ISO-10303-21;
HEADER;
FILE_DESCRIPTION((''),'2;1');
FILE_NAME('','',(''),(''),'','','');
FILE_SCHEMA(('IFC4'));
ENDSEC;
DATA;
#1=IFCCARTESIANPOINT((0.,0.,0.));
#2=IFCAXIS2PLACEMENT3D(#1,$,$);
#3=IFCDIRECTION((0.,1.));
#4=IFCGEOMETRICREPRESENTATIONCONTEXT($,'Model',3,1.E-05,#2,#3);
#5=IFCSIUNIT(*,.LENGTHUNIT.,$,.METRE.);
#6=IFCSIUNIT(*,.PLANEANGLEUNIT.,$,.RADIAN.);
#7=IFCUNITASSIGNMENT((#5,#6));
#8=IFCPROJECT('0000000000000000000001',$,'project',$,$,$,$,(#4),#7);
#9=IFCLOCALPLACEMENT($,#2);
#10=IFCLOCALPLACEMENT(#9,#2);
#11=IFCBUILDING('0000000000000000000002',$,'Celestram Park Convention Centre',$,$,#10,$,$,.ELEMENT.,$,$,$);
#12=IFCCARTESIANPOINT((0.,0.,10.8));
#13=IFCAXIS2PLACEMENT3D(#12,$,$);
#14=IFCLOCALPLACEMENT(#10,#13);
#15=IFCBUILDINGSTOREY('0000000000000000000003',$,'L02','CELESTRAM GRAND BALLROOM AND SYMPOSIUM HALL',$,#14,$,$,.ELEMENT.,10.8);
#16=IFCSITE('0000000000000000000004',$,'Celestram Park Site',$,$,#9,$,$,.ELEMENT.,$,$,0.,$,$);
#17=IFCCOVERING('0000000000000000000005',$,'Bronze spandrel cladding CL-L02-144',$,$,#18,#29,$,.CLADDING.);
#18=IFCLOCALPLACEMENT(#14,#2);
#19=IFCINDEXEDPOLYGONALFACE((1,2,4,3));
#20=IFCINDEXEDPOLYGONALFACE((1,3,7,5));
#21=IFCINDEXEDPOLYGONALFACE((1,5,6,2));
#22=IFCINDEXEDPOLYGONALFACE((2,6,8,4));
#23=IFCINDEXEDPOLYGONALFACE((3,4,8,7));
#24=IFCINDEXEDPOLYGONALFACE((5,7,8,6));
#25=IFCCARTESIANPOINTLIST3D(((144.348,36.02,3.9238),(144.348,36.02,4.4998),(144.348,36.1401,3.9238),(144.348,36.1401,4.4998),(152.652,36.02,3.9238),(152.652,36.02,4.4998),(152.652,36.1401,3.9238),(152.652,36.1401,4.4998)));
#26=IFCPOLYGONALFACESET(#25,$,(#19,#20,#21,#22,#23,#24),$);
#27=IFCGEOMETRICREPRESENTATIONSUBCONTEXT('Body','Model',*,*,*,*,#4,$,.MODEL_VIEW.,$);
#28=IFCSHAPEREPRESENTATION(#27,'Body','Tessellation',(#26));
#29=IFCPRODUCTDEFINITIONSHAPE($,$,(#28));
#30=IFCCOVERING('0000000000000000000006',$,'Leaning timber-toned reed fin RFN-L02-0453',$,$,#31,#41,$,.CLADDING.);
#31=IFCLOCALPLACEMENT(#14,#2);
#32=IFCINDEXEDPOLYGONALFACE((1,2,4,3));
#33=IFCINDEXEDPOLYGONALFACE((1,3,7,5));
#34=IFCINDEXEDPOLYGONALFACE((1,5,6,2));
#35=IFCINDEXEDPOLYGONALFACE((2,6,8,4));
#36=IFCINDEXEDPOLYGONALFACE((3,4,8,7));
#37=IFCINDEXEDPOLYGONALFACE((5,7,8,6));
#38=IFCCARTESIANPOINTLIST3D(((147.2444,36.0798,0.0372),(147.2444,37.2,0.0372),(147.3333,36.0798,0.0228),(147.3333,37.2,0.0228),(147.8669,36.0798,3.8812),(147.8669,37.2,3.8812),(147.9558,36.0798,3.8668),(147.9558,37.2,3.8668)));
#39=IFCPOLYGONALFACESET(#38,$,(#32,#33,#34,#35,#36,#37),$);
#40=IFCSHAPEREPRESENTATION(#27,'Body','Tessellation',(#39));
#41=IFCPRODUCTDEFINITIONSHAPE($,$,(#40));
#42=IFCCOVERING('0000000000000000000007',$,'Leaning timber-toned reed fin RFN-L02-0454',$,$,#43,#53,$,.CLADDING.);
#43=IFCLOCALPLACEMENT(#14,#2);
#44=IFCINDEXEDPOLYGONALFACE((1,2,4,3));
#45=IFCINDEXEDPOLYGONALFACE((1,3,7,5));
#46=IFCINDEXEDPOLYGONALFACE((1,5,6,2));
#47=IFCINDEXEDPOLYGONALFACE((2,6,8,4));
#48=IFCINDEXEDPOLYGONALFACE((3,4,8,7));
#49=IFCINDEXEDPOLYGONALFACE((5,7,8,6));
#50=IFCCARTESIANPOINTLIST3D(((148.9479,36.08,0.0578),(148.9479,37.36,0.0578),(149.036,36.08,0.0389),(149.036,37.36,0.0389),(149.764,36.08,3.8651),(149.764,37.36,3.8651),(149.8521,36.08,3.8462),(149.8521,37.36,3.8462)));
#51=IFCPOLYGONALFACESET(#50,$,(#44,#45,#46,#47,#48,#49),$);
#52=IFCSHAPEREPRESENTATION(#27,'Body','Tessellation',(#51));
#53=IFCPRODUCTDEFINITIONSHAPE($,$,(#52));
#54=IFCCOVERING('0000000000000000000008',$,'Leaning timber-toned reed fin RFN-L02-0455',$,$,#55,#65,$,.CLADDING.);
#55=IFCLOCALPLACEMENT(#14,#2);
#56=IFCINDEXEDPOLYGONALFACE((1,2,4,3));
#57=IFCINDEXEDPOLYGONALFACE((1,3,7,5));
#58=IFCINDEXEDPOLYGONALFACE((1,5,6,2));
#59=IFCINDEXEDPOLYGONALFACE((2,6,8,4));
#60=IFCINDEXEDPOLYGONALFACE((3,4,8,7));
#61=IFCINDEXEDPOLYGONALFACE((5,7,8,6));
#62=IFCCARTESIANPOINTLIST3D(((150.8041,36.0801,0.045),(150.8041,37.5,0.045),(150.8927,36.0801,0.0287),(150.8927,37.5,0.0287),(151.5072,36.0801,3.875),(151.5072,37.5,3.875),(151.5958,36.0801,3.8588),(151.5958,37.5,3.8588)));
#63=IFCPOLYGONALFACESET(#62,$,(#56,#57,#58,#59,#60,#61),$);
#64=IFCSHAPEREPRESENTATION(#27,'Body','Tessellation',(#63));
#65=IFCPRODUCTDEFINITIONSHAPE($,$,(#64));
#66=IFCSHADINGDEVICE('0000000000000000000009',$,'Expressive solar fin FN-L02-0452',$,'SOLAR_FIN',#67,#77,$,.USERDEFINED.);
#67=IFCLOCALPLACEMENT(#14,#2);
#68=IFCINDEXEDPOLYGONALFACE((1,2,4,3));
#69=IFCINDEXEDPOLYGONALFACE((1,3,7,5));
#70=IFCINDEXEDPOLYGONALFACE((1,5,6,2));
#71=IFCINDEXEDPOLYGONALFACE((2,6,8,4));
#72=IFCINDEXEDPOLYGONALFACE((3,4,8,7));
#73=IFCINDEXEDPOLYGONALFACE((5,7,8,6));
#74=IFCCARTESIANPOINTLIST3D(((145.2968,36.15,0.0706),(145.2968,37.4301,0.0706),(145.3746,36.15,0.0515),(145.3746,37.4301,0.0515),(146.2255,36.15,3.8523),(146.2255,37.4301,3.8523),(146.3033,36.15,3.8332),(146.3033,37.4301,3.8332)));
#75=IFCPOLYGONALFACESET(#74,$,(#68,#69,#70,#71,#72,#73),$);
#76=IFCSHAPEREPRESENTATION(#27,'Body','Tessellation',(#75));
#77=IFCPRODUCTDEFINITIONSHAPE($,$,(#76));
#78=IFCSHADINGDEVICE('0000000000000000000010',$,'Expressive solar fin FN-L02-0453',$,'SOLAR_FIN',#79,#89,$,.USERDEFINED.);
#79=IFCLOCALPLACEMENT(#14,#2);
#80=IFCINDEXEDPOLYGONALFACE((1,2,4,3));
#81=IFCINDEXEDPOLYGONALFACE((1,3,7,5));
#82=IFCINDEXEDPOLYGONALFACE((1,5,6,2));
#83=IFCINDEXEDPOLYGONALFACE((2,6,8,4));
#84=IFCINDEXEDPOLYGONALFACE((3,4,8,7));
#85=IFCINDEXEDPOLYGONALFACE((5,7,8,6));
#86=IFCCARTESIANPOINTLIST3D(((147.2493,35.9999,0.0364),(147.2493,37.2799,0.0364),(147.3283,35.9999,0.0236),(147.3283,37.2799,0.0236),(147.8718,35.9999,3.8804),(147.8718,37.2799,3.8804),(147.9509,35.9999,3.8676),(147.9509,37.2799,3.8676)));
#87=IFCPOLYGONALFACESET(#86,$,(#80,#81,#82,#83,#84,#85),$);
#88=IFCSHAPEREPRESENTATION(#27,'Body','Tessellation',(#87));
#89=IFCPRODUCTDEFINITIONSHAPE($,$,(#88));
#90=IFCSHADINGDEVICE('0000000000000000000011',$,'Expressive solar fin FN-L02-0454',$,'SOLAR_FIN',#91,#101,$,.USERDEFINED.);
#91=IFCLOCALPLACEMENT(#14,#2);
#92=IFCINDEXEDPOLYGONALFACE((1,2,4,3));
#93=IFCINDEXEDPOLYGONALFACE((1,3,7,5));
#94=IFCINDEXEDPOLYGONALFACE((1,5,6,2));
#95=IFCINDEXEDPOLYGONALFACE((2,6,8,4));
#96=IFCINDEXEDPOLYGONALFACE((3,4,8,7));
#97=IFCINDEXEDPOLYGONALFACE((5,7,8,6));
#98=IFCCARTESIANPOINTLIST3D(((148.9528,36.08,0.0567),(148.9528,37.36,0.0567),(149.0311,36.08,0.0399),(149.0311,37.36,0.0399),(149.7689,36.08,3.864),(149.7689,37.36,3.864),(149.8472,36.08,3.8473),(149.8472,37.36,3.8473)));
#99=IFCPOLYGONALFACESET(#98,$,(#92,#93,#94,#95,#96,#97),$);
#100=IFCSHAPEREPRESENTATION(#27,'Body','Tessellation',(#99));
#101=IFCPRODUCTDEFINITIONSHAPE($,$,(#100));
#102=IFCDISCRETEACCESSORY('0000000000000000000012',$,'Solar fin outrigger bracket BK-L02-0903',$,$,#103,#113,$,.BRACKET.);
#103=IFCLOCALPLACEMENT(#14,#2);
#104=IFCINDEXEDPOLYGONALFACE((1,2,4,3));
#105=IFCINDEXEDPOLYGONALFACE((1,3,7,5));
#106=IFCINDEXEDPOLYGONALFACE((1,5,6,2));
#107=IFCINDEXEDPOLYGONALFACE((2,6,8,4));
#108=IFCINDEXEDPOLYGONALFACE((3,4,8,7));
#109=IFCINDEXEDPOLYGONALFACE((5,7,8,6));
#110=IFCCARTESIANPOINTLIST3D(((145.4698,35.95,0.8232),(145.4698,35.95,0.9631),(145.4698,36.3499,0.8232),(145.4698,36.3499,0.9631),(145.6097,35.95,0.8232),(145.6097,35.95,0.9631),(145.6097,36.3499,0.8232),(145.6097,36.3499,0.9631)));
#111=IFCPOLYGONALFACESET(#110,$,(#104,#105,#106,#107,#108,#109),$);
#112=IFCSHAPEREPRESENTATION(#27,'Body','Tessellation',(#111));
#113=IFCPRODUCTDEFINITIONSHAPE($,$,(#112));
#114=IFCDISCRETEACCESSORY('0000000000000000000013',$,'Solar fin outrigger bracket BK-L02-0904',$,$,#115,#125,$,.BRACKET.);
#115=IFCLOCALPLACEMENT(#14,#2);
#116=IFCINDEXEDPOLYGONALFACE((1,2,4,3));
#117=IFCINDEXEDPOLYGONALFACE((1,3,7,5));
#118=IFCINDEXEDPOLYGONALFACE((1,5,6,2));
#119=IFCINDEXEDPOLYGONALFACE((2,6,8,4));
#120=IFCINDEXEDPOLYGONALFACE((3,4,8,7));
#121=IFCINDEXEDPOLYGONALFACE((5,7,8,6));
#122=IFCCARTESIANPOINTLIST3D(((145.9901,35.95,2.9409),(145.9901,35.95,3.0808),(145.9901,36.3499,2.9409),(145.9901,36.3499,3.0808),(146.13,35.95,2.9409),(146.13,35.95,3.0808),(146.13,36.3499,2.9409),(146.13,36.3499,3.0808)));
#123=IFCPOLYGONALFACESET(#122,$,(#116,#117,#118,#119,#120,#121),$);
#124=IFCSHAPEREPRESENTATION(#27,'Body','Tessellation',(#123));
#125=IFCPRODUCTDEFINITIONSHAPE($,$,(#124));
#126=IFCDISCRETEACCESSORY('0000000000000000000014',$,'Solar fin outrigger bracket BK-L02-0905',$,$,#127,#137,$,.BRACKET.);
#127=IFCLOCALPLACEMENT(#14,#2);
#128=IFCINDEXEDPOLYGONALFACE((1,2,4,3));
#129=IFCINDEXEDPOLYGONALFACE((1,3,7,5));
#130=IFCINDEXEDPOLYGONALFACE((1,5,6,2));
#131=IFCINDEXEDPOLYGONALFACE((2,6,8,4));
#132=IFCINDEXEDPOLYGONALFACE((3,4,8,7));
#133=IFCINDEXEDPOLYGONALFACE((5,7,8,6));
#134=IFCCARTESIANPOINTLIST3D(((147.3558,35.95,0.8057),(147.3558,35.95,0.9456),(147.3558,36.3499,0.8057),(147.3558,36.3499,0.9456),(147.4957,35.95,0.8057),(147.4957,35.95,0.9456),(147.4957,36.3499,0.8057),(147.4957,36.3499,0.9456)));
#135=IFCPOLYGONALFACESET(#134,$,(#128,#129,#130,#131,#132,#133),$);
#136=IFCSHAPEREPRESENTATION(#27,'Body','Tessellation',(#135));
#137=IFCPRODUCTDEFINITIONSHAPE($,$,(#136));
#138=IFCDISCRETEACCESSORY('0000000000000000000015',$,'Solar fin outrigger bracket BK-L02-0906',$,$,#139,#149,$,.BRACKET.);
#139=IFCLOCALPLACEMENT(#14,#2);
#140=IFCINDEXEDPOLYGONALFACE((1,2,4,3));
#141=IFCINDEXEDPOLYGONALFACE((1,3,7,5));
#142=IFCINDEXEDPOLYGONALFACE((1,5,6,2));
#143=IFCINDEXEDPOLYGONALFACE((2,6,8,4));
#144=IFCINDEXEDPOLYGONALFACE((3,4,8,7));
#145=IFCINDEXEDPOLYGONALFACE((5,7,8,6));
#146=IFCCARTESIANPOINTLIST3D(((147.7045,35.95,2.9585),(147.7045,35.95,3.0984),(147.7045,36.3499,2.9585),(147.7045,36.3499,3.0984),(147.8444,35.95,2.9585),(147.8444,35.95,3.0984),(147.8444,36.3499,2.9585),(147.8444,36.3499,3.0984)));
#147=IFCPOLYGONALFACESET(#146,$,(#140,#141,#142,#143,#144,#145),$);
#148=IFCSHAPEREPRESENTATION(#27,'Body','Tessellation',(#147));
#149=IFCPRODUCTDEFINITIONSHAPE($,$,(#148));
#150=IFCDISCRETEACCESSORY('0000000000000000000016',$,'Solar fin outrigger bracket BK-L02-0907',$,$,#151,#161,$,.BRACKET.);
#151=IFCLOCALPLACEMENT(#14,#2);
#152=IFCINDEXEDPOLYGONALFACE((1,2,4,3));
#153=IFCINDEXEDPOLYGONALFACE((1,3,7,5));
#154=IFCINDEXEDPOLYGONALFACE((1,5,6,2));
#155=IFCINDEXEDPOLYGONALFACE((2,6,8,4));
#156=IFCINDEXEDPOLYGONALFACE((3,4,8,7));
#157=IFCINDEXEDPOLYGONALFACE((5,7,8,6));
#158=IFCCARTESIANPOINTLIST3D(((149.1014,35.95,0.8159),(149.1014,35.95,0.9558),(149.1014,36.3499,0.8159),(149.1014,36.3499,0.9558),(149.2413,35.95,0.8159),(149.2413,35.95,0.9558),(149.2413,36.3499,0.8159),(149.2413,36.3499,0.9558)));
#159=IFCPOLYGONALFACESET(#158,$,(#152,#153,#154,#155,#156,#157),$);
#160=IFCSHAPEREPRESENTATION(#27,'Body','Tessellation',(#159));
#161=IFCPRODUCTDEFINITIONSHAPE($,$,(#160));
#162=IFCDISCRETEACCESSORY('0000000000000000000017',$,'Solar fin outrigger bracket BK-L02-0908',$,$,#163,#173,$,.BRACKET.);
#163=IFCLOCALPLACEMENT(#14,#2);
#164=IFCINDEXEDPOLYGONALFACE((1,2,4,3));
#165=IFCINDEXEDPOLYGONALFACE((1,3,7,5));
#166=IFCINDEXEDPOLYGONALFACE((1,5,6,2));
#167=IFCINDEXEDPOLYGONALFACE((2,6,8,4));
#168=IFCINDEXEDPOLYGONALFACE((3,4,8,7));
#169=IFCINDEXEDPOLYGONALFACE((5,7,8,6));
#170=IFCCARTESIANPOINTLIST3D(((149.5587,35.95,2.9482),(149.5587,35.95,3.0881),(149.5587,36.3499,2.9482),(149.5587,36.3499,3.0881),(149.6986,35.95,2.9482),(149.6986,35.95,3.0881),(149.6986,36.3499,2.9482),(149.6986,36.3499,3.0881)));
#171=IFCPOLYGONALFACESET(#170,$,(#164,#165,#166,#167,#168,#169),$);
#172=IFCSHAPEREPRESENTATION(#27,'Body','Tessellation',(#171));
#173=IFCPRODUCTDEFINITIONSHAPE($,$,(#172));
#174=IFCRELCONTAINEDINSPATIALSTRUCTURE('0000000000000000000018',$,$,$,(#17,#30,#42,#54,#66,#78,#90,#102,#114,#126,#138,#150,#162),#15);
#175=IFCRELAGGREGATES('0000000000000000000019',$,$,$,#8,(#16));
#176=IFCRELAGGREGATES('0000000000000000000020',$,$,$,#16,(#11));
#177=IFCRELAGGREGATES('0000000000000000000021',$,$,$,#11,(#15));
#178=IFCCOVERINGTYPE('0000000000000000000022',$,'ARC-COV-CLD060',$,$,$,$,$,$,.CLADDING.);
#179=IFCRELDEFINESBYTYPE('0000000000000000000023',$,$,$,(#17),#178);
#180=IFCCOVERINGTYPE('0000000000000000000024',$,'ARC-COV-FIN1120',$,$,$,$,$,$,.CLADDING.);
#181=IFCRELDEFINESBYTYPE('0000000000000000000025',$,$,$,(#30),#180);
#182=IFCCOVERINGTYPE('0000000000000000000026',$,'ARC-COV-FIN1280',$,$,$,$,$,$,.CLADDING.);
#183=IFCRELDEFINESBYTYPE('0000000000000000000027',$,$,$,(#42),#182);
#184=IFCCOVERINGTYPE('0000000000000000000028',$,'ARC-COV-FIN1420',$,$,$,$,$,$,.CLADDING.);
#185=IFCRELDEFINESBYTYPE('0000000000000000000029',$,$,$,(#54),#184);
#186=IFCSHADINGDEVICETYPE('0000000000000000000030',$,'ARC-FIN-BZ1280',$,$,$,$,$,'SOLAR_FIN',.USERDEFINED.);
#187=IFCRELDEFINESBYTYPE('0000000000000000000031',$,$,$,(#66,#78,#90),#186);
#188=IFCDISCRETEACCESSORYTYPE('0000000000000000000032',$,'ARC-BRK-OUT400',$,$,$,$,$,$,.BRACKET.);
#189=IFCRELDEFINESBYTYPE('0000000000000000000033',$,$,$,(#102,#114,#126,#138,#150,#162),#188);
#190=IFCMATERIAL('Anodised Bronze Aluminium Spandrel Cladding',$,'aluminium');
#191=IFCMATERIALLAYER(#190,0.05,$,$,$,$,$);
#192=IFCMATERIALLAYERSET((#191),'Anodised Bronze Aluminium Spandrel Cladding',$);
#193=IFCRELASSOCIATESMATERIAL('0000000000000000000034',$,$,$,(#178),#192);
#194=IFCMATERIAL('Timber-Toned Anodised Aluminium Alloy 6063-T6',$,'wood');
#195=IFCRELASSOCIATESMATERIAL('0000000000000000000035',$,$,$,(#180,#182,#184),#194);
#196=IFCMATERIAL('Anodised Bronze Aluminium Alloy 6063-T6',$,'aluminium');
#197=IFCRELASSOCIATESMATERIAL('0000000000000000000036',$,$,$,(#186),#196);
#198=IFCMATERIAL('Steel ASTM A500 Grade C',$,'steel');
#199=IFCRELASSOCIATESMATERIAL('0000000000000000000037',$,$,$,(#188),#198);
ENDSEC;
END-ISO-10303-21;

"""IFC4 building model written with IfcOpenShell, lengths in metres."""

from ifc_helpers import new_model, si_unit, direction, frame, origin, origin_2d, place, context, subcontext, project, spatial, rectangle, extrude, material, layer, layer_set, material_profile, profile_set, type_object, element, save


model = new_model("IFC4")

# Units and contexts
model_context = context("Model", 3, precision=1e-05, world=origin(), true_north=direction((0.0, 1.0)))
body_context = subcontext(model_context, "Body", "Model", "MODEL_VIEW")
ifc_project = project(units=[si_unit("LENGTHUNIT", "METRE"), si_unit("PLANEANGLEUNIT", "RADIAN")], contexts=[model_context])

# Site, building, storey
site_placement = place(None, origin())
site = spatial("IfcSite", under=ifc_project, at=site_placement, Name="Celestram Park Site", CompositionType="ELEMENT", RefElevation=0.0)
building_placement = place(site_placement, origin())
building = spatial("IfcBuilding", under=site, at=building_placement, Name="Celestram Park Convention Centre", CompositionType="ELEMENT")
storey_placement = place(building_placement, frame((0.0, 0.0, 10.8)))
storey = spatial("IfcBuildingStorey", under=building, at=storey_placement, Name="L02", Description="CELESTRAM GRAND BALLROOM AND SYMPOSIUM HALL", CompositionType="ELEMENT", Elevation=10.8)

# Coverings
ifc_material_1 = material(Name="Anodised Bronze Aluminium Spandrel Cladding", Category="aluminium")
ifc_layer_1 = layer(ifc_material_1, 0.05)
ifc_layer_set_1 = layer_set([ifc_layer_1], Name="Anodised Bronze Aluminium Spandrel Cladding")
covering_type_1 = type_object("IfcCoveringType", Name="ARC-COV-CLD060", PredefinedType="CLADDING", material=ifc_layer_set_1)
covering_1_placement = place(storey_placement, frame((148.5, 36.0801, 3.9238), z_axis=(0.0, 0.0, 1.0), x_axis=(1.0, 0.0, 0.0)))
element("IfcCovering", 1, at=covering_1_placement, inside=storey, type_object=covering_type_1, Name="Bronze spandrel cladding CL-L02-144", PredefinedType="CLADDING", context=body_context, shape_type="SweptSolid", body=[
    extrude(rectangle(XDim=8.304, YDim=0.1201, at=origin_2d()), origin(), (0.0, 0.0, 1.0), 0.5759),
])
ifc_material_2 = material(Name="Timber-Toned Anodised Aluminium Alloy 6063-T6", Category="wood")
ifc_material_profile_1 = material_profile(ifc_material_2, rectangle(XDim=1.1201, YDim=0.0901, at=origin_2d()), Name="REED1120X90")
ifc_profile_set_1 = profile_set([ifc_material_profile_1], Name="Timber-Toned Anodised Aluminium Alloy 6063-T6")
covering_type_2 = type_object("IfcCoveringType", Name="ARC-COV-FIN1120", PredefinedType="CLADDING", material=ifc_profile_set_1)
covering_2_placement = place(storey_placement, frame((147.2888, 36.6399, 0.03), z_axis=(0.159873, 0.0, 0.987138), x_axis=(0.0, 1.0, 0.0)))
element("IfcCovering", 2, at=covering_2_placement, inside=storey, type_object=covering_type_2, Name="Leaning timber-toned reed fin RFN-L02-0453", PredefinedType="CLADDING", context=body_context, shape_type="SweptSolid", body=[
    extrude(rectangle(XDim=1.1201, YDim=0.0901, at=origin_2d()), origin(), (0.0, 0.0, 1.0), 3.894),
])
ifc_material_profile_2 = material_profile(ifc_material_2, rectangle(XDim=1.28, YDim=0.0901, at=origin_2d()), Name="REED1280X90")
ifc_profile_set_2 = profile_set([ifc_material_profile_2], Name="Timber-Toned Anodised Aluminium Alloy 6063-T6")
covering_type_3 = type_object("IfcCoveringType", Name="ARC-COV-FIN1280", PredefinedType="CLADDING", material=ifc_profile_set_2)
covering_3_placement = place(storey_placement, frame((148.9919, 36.72, 0.0483), z_axis=(0.209602, 0.0, 0.977787), x_axis=(0.0, 1.0, 0.0)))
element("IfcCovering", 3, at=covering_3_placement, inside=storey, type_object=covering_type_3, Name="Leaning timber-toned reed fin RFN-L02-0454", PredefinedType="CLADDING", context=body_context, shape_type="SweptSolid", body=[
    extrude(rectangle(XDim=1.28, YDim=0.0901, at=origin_2d()), origin(), (0.0, 0.0, 1.0), 3.8938),
])
ifc_material_profile_3 = material_profile(ifc_material_2, rectangle(XDim=1.4199, YDim=0.0901, at=origin_2d()), Name="REED1420X90")
ifc_profile_set_3 = profile_set([ifc_material_profile_3], Name="Timber-Toned Anodised Aluminium Alloy 6063-T6")
covering_type_4 = type_object("IfcCoveringType", Name="ARC-COV-FIN1420", PredefinedType="CLADDING", material=ifc_profile_set_3)
covering_4_placement = place(storey_placement, frame((150.8484, 36.79, 0.0369), z_axis=(0.180562, 0.0, 0.983564), x_axis=(0.0, 1.0, 0.0)))
element("IfcCovering", 4, at=covering_4_placement, inside=storey, type_object=covering_type_4, Name="Leaning timber-toned reed fin RFN-L02-0455", PredefinedType="CLADDING", context=body_context, shape_type="SweptSolid", body=[
    extrude(rectangle(XDim=1.4199, YDim=0.0901, at=origin_2d()), origin(), (0.0, 0.0, 1.0), 3.894),
])

# Shading devices
ifc_material_3 = material(Name="Anodised Bronze Aluminium Alloy 6063-T6", Category="aluminium")
ifc_material_profile_4 = material_profile(ifc_material_3, rectangle(XDim=1.28, YDim=0.0801, at=origin_2d()), Name="FIN1280X80")
ifc_profile_set_4 = profile_set([ifc_material_profile_4], Name="Anodised Bronze Aluminium Alloy 6063-T6")
shading_device_type = type_object("IfcShadingDeviceType", Name="ARC-FIN-BZ1280", ElementType="SOLAR_FIN", PredefinedType="USERDEFINED", material=ifc_profile_set_4)
for number, where, z_axis, x_axis, name in (
    (5, (145.3357, 36.79, 0.061), (0.238492, 0.0, 0.971145), (0.0, 1.0, 0.0), "Expressive solar fin FN-L02-0452"),
    (6, (147.2888, 36.6399, 0.03), (0.159873, 0.0, 0.987138), (0.0, 1.0, 0.0), "Expressive solar fin FN-L02-0453"),
):
    element("IfcShadingDevice", number, at=place(storey_placement, frame(where, z_axis=z_axis, x_axis=x_axis)), inside=storey, type_object=shading_device_type, Name=name, ObjectType="SOLAR_FIN", PredefinedType="USERDEFINED", context=body_context, shape_type="SweptSolid", body=[
        extrude(rectangle(XDim=1.28, YDim=0.0801, at=origin_2d()), origin(), (0.0, 0.0, 1.0), 3.894),
    ])
shading_device_placement = place(storey_placement, frame((148.9919, 36.72, 0.0483), z_axis=(0.209602, 0.0, 0.977787), x_axis=(0.0, 1.0, 0.0)))
element("IfcShadingDevice", 7, at=shading_device_placement, inside=storey, type_object=shading_device_type, Name="Expressive solar fin FN-L02-0454", ObjectType="SOLAR_FIN", PredefinedType="USERDEFINED", context=body_context, shape_type="SweptSolid", body=[
    extrude(rectangle(XDim=1.28, YDim=0.0801, at=origin_2d()), origin(), (0.0, 0.0, 1.0), 3.8938),
])

# Discrete accessories
ifc_material_4 = material(Name="Steel ASTM A500 Grade C", Category="steel")
discrete_accessory_type = type_object("IfcDiscreteAccessoryType", Name="ARC-BRK-OUT400", PredefinedType="BRACKET", material=ifc_material_4)
for number, where, z_axis, x_axis, name in (
    (8, (145.5398, 36.1499, 0.8232), (0.0, 0.0, 1.0), (0.0, 1.0, 0.0), "Solar fin outrigger bracket BK-L02-0903"),
    (9, (146.0601, 36.1499, 2.9409), (0.0, 0.0, 1.0), (0.0, 1.0, 0.0), "Solar fin outrigger bracket BK-L02-0904"),
    (10, (147.4258, 36.1499, 0.8057), (0.0, 0.0, 1.0), (0.0, 1.0, 0.0), "Solar fin outrigger bracket BK-L02-0905"),
    (11, (147.7744, 36.1499, 2.9585), (0.0, 0.0, 1.0), (0.0, 1.0, 0.0), "Solar fin outrigger bracket BK-L02-0906"),
    (12, (149.1714, 36.1499, 0.8159), (0.0, 0.0, 1.0), (0.0, 1.0, 0.0), "Solar fin outrigger bracket BK-L02-0907"),
    (13, (149.6287, 36.1499, 2.9482), (0.0, 0.0, 1.0), (0.0, 1.0, 0.0), "Solar fin outrigger bracket BK-L02-0908"),
):
    element("IfcDiscreteAccessory", number, at=place(storey_placement, frame(where, z_axis=z_axis, x_axis=x_axis)), inside=storey, type_object=discrete_accessory_type, Name=name, PredefinedType="BRACKET", context=body_context, shape_type="SweptSolid", body=[
        extrude(rectangle(XDim=0.3999, YDim=0.1399, at=origin_2d()), origin(), (0.0, 0.0, 1.0), 0.1399),
    ])

save(model, "model.ifc")
